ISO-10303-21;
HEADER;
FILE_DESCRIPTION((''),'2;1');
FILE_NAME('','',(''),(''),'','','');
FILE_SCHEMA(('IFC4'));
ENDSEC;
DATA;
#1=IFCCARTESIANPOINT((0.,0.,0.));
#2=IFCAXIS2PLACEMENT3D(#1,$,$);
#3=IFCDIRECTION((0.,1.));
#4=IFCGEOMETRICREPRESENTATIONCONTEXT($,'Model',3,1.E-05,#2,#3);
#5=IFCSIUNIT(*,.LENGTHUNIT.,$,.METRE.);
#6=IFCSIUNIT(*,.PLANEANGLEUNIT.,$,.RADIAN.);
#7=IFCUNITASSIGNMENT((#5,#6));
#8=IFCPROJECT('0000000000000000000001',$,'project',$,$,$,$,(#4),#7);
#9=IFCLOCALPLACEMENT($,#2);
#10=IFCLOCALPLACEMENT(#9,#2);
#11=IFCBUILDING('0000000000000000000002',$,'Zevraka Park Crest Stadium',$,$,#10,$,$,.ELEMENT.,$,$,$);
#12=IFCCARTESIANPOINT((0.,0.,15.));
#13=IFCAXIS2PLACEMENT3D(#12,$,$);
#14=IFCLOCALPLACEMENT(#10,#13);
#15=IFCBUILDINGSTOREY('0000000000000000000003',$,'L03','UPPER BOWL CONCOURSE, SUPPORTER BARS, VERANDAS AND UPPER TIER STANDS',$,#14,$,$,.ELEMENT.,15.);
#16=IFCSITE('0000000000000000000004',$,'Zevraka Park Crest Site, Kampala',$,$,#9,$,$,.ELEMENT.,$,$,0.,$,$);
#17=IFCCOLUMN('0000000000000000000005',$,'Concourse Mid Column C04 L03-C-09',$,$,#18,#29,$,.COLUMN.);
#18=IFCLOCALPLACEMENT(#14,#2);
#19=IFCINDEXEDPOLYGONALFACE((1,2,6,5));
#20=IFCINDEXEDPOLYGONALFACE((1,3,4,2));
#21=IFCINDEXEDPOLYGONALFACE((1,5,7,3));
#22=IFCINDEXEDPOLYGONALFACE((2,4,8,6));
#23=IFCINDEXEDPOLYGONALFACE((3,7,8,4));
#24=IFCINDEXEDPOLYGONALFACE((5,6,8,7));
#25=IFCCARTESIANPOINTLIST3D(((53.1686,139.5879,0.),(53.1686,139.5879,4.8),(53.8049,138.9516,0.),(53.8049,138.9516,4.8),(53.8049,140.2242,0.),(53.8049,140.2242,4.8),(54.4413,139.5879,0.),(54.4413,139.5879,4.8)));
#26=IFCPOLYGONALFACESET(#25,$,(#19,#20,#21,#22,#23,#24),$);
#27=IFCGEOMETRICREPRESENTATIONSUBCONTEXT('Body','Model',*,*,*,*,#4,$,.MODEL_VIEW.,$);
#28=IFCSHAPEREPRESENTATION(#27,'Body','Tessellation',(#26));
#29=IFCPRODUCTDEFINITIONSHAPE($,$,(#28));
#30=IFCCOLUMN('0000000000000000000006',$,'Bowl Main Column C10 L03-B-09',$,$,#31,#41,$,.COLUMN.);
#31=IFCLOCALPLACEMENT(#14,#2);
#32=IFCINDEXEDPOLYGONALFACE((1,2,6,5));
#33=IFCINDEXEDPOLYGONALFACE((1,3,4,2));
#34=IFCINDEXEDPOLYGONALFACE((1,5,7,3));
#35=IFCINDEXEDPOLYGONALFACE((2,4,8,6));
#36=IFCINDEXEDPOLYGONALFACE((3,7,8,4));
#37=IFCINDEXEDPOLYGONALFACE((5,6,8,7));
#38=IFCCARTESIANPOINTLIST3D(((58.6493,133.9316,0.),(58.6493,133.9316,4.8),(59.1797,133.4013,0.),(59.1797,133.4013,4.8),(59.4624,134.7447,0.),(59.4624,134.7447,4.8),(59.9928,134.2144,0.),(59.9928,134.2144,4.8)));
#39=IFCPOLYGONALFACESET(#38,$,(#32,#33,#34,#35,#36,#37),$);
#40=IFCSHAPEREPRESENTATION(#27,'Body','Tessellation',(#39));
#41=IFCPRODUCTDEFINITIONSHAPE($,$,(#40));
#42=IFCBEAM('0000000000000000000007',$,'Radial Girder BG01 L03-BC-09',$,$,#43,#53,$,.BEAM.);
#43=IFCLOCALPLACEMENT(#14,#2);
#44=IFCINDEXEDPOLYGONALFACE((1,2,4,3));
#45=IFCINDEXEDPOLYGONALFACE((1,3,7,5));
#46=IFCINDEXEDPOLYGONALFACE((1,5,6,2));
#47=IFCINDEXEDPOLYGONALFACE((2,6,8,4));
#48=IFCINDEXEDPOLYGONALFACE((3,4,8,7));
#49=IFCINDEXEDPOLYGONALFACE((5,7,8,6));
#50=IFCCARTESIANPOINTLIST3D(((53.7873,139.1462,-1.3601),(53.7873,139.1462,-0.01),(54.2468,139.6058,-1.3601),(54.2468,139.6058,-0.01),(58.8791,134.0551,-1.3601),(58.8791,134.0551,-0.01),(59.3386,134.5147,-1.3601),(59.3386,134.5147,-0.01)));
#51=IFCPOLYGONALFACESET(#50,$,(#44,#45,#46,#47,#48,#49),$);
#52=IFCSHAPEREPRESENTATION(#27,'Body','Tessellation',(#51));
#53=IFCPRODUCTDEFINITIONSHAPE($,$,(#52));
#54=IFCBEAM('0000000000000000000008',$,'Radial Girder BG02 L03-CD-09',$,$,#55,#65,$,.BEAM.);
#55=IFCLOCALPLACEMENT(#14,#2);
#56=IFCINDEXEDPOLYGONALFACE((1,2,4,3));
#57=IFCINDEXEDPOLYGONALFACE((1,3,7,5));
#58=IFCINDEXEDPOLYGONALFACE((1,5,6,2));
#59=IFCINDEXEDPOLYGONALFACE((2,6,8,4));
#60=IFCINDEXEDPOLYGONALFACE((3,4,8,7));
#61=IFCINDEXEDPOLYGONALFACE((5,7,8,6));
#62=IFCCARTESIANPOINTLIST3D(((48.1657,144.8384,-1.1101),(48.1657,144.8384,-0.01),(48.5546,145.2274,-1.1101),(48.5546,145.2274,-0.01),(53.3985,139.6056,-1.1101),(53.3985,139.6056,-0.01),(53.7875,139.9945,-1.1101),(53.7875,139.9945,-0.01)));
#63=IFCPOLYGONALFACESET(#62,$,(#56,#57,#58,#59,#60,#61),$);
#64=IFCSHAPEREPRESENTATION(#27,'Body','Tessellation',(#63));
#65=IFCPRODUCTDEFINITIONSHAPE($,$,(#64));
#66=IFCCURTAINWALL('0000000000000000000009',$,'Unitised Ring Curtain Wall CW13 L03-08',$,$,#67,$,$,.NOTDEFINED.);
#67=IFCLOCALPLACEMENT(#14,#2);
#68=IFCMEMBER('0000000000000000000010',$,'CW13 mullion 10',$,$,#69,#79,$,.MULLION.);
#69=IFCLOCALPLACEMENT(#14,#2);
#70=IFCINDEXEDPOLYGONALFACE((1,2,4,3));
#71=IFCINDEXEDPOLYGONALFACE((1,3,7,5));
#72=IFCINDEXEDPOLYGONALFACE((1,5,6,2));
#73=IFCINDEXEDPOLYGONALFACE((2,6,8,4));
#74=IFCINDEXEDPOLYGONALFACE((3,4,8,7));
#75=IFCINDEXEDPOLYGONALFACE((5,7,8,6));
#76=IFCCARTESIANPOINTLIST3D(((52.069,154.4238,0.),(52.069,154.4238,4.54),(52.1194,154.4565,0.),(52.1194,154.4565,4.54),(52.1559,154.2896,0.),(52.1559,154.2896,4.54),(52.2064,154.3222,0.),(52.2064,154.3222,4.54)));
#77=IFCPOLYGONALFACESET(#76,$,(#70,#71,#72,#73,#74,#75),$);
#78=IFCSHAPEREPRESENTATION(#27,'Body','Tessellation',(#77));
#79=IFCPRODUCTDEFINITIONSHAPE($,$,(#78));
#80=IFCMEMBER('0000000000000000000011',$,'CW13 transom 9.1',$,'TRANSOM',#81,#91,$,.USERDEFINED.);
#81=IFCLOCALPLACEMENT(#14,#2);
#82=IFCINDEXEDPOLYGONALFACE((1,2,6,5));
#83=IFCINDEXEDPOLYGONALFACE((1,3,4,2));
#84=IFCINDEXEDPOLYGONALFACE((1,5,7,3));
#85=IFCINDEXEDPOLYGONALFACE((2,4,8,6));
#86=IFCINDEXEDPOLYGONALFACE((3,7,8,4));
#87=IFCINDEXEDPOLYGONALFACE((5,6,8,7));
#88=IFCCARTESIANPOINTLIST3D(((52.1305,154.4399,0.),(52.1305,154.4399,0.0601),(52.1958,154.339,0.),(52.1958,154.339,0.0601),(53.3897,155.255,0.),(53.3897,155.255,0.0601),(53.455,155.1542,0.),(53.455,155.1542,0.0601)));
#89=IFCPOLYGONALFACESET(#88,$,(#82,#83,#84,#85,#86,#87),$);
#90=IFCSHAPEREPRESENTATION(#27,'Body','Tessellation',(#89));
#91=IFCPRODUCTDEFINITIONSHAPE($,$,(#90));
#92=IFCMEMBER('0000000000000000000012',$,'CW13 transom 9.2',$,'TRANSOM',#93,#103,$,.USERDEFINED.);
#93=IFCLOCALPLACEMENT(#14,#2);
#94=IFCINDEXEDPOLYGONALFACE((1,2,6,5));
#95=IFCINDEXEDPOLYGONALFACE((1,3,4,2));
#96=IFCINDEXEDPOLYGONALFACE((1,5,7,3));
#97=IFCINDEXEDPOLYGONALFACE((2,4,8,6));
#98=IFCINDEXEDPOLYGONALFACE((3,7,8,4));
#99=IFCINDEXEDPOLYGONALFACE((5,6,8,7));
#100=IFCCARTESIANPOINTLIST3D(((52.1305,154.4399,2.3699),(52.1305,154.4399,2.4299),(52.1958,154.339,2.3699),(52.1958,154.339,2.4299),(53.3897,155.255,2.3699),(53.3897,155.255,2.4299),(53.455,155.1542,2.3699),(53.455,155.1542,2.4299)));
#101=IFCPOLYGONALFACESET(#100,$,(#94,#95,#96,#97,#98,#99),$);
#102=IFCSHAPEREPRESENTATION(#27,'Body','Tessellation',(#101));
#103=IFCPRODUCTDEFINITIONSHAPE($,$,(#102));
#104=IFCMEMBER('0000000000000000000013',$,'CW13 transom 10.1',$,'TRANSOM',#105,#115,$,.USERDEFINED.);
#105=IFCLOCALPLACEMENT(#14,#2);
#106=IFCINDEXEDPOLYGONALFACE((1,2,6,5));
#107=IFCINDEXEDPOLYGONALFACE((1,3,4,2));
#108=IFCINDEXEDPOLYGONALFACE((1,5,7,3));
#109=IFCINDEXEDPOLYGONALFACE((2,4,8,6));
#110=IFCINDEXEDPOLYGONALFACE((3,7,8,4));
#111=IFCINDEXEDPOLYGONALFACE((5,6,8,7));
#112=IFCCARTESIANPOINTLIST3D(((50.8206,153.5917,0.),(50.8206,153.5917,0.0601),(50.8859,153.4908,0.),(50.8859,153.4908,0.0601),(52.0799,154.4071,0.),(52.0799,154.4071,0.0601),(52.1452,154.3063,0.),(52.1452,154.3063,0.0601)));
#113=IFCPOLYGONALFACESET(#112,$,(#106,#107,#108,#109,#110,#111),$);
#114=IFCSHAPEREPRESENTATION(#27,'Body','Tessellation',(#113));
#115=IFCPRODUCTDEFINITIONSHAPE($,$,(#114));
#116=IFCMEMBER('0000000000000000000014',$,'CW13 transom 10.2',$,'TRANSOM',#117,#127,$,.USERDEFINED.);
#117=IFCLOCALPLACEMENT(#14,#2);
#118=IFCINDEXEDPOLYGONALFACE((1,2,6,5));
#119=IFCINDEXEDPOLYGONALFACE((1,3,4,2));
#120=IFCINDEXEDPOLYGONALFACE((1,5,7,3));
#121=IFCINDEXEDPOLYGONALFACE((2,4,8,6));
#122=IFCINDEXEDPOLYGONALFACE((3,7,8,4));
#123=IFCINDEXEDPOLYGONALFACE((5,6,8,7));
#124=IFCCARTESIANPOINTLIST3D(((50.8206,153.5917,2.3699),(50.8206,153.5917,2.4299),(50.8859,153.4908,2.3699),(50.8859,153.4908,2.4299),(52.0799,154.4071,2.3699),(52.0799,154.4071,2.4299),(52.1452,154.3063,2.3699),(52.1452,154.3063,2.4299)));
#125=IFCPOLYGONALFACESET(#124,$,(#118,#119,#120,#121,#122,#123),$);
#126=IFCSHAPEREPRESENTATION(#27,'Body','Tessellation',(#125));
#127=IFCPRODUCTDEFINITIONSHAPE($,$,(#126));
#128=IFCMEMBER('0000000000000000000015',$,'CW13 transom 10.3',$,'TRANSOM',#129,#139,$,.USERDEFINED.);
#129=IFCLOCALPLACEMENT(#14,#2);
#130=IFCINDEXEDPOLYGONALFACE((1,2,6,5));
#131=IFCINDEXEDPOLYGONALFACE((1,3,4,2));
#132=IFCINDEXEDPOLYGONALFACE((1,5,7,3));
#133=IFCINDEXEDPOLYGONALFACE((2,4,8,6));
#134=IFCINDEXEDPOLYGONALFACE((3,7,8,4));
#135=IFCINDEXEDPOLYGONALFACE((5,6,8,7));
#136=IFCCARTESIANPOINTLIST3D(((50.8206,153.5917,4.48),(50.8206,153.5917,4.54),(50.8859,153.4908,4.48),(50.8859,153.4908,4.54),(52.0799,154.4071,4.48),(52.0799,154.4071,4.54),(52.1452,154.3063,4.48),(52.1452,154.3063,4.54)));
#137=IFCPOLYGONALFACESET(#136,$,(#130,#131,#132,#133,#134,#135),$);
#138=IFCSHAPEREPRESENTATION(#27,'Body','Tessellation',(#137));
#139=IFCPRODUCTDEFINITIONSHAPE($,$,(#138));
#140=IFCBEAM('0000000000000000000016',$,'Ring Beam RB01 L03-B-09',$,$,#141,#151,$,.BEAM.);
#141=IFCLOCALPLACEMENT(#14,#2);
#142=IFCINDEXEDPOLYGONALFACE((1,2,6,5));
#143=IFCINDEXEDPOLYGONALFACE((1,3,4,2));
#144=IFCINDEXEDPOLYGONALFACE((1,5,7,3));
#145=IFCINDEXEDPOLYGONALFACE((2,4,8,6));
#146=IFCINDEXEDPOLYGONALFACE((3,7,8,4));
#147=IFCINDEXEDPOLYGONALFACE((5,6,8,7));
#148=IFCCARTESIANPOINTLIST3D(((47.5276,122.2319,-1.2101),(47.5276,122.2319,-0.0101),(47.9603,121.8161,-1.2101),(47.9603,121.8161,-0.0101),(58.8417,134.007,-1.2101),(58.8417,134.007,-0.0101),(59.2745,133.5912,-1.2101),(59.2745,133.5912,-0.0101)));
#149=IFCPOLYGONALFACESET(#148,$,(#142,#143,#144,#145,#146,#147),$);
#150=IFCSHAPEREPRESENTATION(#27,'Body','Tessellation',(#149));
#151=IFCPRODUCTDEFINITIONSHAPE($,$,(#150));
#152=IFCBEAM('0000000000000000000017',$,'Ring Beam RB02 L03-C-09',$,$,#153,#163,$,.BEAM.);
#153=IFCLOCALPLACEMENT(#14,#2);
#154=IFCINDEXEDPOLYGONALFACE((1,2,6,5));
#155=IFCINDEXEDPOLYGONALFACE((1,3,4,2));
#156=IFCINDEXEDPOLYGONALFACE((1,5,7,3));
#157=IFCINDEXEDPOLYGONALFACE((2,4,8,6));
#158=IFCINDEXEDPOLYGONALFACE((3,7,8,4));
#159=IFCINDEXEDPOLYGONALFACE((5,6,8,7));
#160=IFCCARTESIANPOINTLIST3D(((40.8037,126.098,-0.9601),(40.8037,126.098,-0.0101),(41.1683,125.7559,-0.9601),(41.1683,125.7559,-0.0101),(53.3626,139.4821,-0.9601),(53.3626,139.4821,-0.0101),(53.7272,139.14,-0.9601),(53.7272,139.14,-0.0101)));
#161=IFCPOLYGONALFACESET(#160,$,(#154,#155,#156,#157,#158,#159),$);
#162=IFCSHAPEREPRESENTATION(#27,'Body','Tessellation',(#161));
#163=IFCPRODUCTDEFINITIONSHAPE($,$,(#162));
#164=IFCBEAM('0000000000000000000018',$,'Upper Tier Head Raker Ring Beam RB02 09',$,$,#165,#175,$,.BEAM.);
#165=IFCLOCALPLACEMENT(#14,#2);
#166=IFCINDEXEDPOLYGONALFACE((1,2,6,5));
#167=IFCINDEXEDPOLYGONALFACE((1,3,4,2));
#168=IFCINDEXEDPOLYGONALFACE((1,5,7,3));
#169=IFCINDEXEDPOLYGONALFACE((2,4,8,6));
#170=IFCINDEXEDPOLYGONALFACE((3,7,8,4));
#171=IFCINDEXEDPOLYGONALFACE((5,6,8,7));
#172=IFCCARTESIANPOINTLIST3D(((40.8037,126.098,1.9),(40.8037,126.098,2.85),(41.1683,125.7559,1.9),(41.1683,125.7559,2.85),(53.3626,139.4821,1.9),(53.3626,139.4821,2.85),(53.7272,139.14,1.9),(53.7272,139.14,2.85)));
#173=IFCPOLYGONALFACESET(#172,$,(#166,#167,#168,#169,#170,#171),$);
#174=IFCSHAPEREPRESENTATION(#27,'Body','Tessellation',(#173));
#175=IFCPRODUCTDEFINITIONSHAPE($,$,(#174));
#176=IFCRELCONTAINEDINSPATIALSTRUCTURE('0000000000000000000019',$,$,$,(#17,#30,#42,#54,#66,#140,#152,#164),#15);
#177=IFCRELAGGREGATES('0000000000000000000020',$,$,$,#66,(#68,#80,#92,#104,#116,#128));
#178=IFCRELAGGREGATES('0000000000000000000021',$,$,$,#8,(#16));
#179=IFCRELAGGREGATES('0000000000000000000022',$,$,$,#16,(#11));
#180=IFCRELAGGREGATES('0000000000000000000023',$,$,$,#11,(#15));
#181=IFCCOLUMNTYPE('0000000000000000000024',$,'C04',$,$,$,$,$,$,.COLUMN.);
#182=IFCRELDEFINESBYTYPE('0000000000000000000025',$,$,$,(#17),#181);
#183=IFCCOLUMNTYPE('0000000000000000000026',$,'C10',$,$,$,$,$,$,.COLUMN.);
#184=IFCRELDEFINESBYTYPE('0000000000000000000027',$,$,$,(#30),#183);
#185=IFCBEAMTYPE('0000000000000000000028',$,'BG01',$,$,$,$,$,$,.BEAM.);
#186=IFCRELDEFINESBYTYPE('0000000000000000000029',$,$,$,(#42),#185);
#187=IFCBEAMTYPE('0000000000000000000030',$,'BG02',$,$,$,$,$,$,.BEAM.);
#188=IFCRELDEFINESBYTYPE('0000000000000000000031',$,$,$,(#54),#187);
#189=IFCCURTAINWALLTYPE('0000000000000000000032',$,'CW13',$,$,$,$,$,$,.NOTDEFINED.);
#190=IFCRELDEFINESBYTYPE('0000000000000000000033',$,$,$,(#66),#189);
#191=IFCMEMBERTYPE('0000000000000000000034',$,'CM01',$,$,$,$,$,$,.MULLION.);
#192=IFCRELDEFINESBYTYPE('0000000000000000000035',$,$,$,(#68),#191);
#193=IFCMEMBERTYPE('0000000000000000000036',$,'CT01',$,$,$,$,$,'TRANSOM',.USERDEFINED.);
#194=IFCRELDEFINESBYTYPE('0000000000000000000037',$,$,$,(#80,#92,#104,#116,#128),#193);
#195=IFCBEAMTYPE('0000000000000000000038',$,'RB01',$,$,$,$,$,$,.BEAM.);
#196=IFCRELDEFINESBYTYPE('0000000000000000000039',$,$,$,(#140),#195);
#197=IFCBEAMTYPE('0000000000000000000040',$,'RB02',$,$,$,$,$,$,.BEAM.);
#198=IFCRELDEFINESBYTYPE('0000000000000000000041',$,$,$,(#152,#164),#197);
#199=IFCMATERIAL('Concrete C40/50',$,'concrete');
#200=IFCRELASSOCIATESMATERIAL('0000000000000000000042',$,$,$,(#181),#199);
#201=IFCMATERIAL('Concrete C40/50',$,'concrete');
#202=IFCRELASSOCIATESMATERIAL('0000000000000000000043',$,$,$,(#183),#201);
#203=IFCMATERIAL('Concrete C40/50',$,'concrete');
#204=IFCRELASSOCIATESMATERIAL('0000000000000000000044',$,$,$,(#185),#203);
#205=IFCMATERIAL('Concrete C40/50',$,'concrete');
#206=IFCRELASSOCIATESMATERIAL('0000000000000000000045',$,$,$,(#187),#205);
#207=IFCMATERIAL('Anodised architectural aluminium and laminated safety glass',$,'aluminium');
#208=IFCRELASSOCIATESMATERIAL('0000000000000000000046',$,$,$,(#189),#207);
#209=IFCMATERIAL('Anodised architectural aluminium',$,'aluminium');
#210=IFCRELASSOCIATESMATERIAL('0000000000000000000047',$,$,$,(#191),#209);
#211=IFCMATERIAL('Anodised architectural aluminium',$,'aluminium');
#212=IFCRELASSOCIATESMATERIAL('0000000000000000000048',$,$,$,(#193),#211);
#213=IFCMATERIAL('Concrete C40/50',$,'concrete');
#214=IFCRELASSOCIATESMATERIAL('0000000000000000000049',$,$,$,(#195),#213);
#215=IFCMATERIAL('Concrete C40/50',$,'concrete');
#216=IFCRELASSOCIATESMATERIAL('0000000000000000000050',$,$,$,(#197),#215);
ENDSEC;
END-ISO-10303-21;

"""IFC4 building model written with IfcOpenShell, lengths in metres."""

from ifc_helpers import new_model, si_unit, direction, frame, origin, origin_2d, place, context, subcontext, project, spatial, rectangle, extrude, material, material_profile, profile_set, type_object, element, aggregate, save


model = new_model("IFC4")

# Units and contexts
model_context = context("Model", 3, precision=1e-05, world=origin(), true_north=direction((0.0, 1.0)))
body_context = subcontext(model_context, "Body", "Model", "MODEL_VIEW")
ifc_project = project(units=[si_unit("LENGTHUNIT", "METRE"), si_unit("PLANEANGLEUNIT", "RADIAN")], contexts=[model_context])

# Site, building, storey
site_placement = place(None, origin())
site = spatial("IfcSite", under=ifc_project, at=site_placement, Name="Zevraka Park Crest Site, Kampala", CompositionType="ELEMENT", RefElevation=0.0)
building_placement = place(site_placement, origin())
building = spatial("IfcBuilding", under=site, at=building_placement, Name="Zevraka Park Crest Stadium", CompositionType="ELEMENT")
storey_placement = place(building_placement, frame((0.0, 0.0, 15.0)))
storey = spatial("IfcBuildingStorey", under=building, at=storey_placement, Name="L03", Description="UPPER BOWL CONCOURSE, SUPPORTER BARS, VERANDAS AND UPPER TIER STANDS", CompositionType="ELEMENT", Elevation=15.0)

# Columns
ifc_material_1 = material(Name="Concrete C40/50", Category="concrete")
ifc_material_profile_1 = material_profile(ifc_material_1, rectangle(XDim=0.8999, YDim=0.8999, at=origin_2d()), Name="RC 900x900")
ifc_profile_set_1 = profile_set([ifc_material_profile_1], Name="Concrete C40/50")
column_type_1 = type_object("IfcColumnType", Name="C04", PredefinedType="COLUMN", material=ifc_profile_set_1)
column_1_placement = place(storey_placement, frame((53.8049, 139.5879, 0.0), z_axis=(0.0, 0.0, 1.0), x_axis=(-0.707107, 0.707107, 0.0)))
element("IfcColumn", 1, at=column_1_placement, inside=storey, type_object=column_type_1, Name="Concourse Mid Column C04 L03-C-09", PredefinedType="COLUMN", context=body_context, shape_type="SweptSolid", body=[
    extrude(rectangle(XDim=0.8999, YDim=0.8999, at=origin_2d()), origin(), (0.0, 0.0, 1.0), 4.8),
])
ifc_material_2 = material(Name="Concrete C40/50", Category="concrete")
ifc_material_profile_2 = material_profile(ifc_material_2, rectangle(XDim=0.75, YDim=1.1499, at=origin_2d()), Name="RC 1150x750")
ifc_profile_set_2 = profile_set([ifc_material_profile_2], Name="Concrete C40/50")
column_type_2 = type_object("IfcColumnType", Name="C10", PredefinedType="COLUMN", material=ifc_profile_set_2)
column_2_placement = place(storey_placement, frame((59.321, 134.073, 0.0), z_axis=(0.0, 0.0, 1.0), x_axis=(-0.707107, 0.707107, 0.0)))
element("IfcColumn", 2, at=column_2_placement, inside=storey, type_object=column_type_2, Name="Bowl Main Column C10 L03-B-09", PredefinedType="COLUMN", context=body_context, shape_type="SweptSolid", body=[
    extrude(rectangle(XDim=0.75, YDim=1.1499, at=origin_2d()), origin(), (0.0, 0.0, 1.0), 4.8),
])

# Beams
ifc_material_3 = material(Name="Concrete C40/50", Category="concrete")
ifc_material_profile_3 = material_profile(ifc_material_3, rectangle(XDim=0.6499, YDim=1.3501, at=origin_2d()), Name="RC 1350x650")
ifc_profile_set_3 = profile_set([ifc_material_profile_3], Name="Concrete C40/50")
beam_type_1 = type_object("IfcBeamType", Name="BG01", PredefinedType="BEAM", material=ifc_profile_set_3)
beam_1_placement = place(storey_placement, frame((59.1089, 134.2849, -0.6851), z_axis=(-0.707158, 0.707056, 0.0), x_axis=(-0.707056, -0.707158, 0.0)))
element("IfcBeam", 3, at=beam_1_placement, inside=storey, type_object=beam_type_1, Name="Radial Girder BG01 L03-BC-09", PredefinedType="BEAM", context=body_context, shape_type="SweptSolid", body=[
    extrude(rectangle(XDim=0.6499, YDim=1.3501, at=origin_2d()), origin(), (0.0, 0.0, 1.0), 7.2004),
])
ifc_material_4 = material(Name="Concrete C40/50", Category="concrete")
ifc_material_profile_4 = material_profile(ifc_material_4, rectangle(XDim=0.55, YDim=1.1001, at=origin_2d()), Name="RC 1100x550")
ifc_profile_set_4 = profile_set([ifc_material_profile_4], Name="Concrete C40/50")
beam_type_2 = type_object("IfcBeamType", Name="BG02", PredefinedType="BEAM", material=ifc_profile_set_4)
beam_2_placement = place(storey_placement, frame((53.593, 139.8, -0.5601), z_axis=(-0.707107, 0.707107, 0.0), x_axis=(-0.707107, -0.707107, 0.0)))
element("IfcBeam", 4, at=beam_2_placement, inside=storey, type_object=beam_type_2, Name="Radial Girder BG02 L03-CD-09", PredefinedType="BEAM", context=body_context, shape_type="SweptSolid", body=[
    extrude(rectangle(XDim=0.55, YDim=1.1001, at=origin_2d()), origin(), (0.0, 0.0, 1.0), 7.4004),
])

# Curtain wall, members
ifc_material_5 = material(Name="Anodised architectural aluminium and laminated safety glass", Category="aluminium")
curtain_wall_type = type_object("IfcCurtainWallType", Name="CW13", PredefinedType="NOTDEFINED", material=ifc_material_5)
curtain_wall_placement = place(storey_placement, origin())
curtain_wall = element("IfcCurtainWall", 5, at=curtain_wall_placement, inside=storey, type_object=curtain_wall_type, Name="Unitised Ring Curtain Wall CW13 L03-08", PredefinedType="NOTDEFINED")
ifc_material_6 = material(Name="Anodised architectural aluminium", Category="aluminium")
ifc_material_profile_5 = material_profile(ifc_material_6, rectangle(XDim=0.1599, YDim=0.0601, at=origin_2d()), Name="ALU MULLION 160x60")
ifc_profile_set_5 = profile_set([ifc_material_profile_5], Name="Anodised architectural aluminium")
member_type_1 = type_object("IfcMemberType", Name="CM01", PredefinedType="MULLION", material=ifc_profile_set_5)
member_1_placement = place(storey_placement, frame((52.1377, 154.373, 0.0), z_axis=(0.0, 0.0, 1.0), x_axis=(0.543469, -0.839429, 0.0)))
member_1 = element("IfcMember", 6, at=member_1_placement, type_object=member_type_1, Name="CW13 mullion 10", PredefinedType="MULLION", context=body_context, shape_type="SweptSolid", body=[
    extrude(rectangle(XDim=0.1599, YDim=0.0601, at=origin_2d()), origin(), (0.0, 0.0, 1.0), 4.54),
])
ifc_material_7 = material(Name="Anodised architectural aluminium", Category="aluminium")
ifc_material_profile_6 = material_profile(ifc_material_7, rectangle(XDim=0.1201, YDim=0.0601, at=origin_2d()), Name="ALU TRANSOM 120x60")
ifc_profile_set_6 = profile_set([ifc_material_profile_6], Name="Anodised architectural aluminium")
member_type_2 = type_object("IfcMemberType", Name="CT01", ElementType="TRANSOM", PredefinedType="USERDEFINED", material=ifc_profile_set_6)
member_2_placement = place(storey_placement, frame((53.4224, 155.2046, 0.03), z_axis=(-0.839461, -0.54342, 0.0), x_axis=(0.54342, -0.839461, 0.0)))
member_2 = element("IfcMember", 7, at=member_2_placement, type_object=member_type_2, Name="CW13 transom 9.1", ObjectType="TRANSOM", PredefinedType="USERDEFINED", context=body_context, shape_type="SweptSolid", body=[
    extrude(rectangle(XDim=0.1201, YDim=0.0601, at=origin_2d()), origin(), (0.0, 0.0, 1.0), 1.5),
])
member_3_placement = place(storey_placement, frame((53.4224, 155.2046, 2.3999), z_axis=(-0.839461, -0.54342, 0.0), x_axis=(0.54342, -0.839461, 0.0)))
member_3 = element("IfcMember", 8, at=member_3_placement, type_object=member_type_2, Name="CW13 transom 9.2", ObjectType="TRANSOM", PredefinedType="USERDEFINED", context=body_context, shape_type="SweptSolid", body=[
    extrude(rectangle(XDim=0.1201, YDim=0.0601, at=origin_2d()), origin(), (0.0, 0.0, 1.0), 1.5),
])
member_4_placement = place(storey_placement, frame((52.1125, 154.3567, 0.03), z_axis=(-0.839387, -0.543535, 0.0), x_axis=(0.543535, -0.839387, 0.0)))
member_4 = element("IfcMember", 9, at=member_4_placement, type_object=member_type_2, Name="CW13 transom 10.1", ObjectType="TRANSOM", PredefinedType="USERDEFINED", context=body_context, shape_type="SweptSolid", body=[
    extrude(rectangle(XDim=0.1201, YDim=0.0601, at=origin_2d()), origin(), (0.0, 0.0, 1.0), 1.5002),
])
member_5_placement = place(storey_placement, frame((52.1125, 154.3567, 2.3999), z_axis=(-0.839387, -0.543535, 0.0), x_axis=(0.543535, -0.839387, 0.0)))
member_5 = element("IfcMember", 10, at=member_5_placement, type_object=member_type_2, Name="CW13 transom 10.2", ObjectType="TRANSOM", PredefinedType="USERDEFINED", context=body_context, shape_type="SweptSolid", body=[
    extrude(rectangle(XDim=0.1201, YDim=0.0601, at=origin_2d()), origin(), (0.0, 0.0, 1.0), 1.5002),
])
member_6_placement = place(storey_placement, frame((52.1125, 154.3567, 4.51), z_axis=(-0.839387, -0.543535, 0.0), x_axis=(0.543535, -0.839387, 0.0)))
member_6 = element("IfcMember", 11, at=member_6_placement, type_object=member_type_2, Name="CW13 transom 10.3", ObjectType="TRANSOM", PredefinedType="USERDEFINED", context=body_context, shape_type="SweptSolid", body=[
    extrude(rectangle(XDim=0.1201, YDim=0.0601, at=origin_2d()), origin(), (0.0, 0.0, 1.0), 1.5002),
])

# Beams
ifc_material_8 = material(Name="Concrete C40/50", Category="concrete")
ifc_material_profile_7 = material_profile(ifc_material_8, rectangle(XDim=0.6001, YDim=1.2, at=origin_2d()), Name="RC 1200x600")
ifc_profile_set_7 = profile_set([ifc_material_profile_7], Name="Concrete C40/50")
beam_type_3 = type_object("IfcBeamType", Name="RB01", PredefinedType="BEAM", material=ifc_profile_set_7)
beam_3_placement = place(storey_placement, frame((59.0581, 133.7991, -0.6101), z_axis=(-0.692853, -0.721079, 0.0), x_axis=(0.721079, -0.692853, 0.0)))
element("IfcBeam", 12, at=beam_3_placement, inside=storey, type_object=beam_type_3, Name="Ring Beam RB01 L03-B-09", PredefinedType="BEAM", context=body_context, shape_type="SweptSolid", body=[
    extrude(rectangle(XDim=0.6001, YDim=1.2, at=origin_2d()), origin(), (0.0, 0.0, 1.0), 16.3298),
])
ifc_material_9 = material(Name="Concrete C40/50", Category="concrete")
ifc_material_profile_8 = material_profile(ifc_material_9, rectangle(XDim=0.5, YDim=0.95, at=origin_2d()), Name="RC 950x500")
ifc_profile_set_8 = profile_set([ifc_material_profile_8], Name="Concrete C40/50")
beam_type_4 = type_object("IfcBeamType", Name="RB02", PredefinedType="BEAM", material=ifc_profile_set_8)
for number, where, z_axis, x_axis, name in (
    (13, (53.5449, 139.311, -0.4851), (-0.684269, -0.72923, 0.0), (0.72923, -0.684269, 0.0), "Ring Beam RB02 L03-C-09"),
    (14, (53.5449, 139.311, 2.375), (-0.684269, -0.72923, 0.0), (0.72923, -0.684269, 0.0), "Upper Tier Head Raker Ring Beam RB02 09"),
):
    element("IfcBeam", number, at=place(storey_placement, frame(where, z_axis=z_axis, x_axis=x_axis)), inside=storey, type_object=beam_type_4, Name=name, PredefinedType="BEAM", context=body_context, shape_type="SweptSolid", body=[
        extrude(rectangle(XDim=0.5, YDim=0.95, at=origin_2d()), origin(), (0.0, 0.0, 1.0), 18.3538),
    ])

aggregate(curtain_wall, [member_1, member_2, member_3, member_4, member_5, member_6])

save(model, "model.ifc")
